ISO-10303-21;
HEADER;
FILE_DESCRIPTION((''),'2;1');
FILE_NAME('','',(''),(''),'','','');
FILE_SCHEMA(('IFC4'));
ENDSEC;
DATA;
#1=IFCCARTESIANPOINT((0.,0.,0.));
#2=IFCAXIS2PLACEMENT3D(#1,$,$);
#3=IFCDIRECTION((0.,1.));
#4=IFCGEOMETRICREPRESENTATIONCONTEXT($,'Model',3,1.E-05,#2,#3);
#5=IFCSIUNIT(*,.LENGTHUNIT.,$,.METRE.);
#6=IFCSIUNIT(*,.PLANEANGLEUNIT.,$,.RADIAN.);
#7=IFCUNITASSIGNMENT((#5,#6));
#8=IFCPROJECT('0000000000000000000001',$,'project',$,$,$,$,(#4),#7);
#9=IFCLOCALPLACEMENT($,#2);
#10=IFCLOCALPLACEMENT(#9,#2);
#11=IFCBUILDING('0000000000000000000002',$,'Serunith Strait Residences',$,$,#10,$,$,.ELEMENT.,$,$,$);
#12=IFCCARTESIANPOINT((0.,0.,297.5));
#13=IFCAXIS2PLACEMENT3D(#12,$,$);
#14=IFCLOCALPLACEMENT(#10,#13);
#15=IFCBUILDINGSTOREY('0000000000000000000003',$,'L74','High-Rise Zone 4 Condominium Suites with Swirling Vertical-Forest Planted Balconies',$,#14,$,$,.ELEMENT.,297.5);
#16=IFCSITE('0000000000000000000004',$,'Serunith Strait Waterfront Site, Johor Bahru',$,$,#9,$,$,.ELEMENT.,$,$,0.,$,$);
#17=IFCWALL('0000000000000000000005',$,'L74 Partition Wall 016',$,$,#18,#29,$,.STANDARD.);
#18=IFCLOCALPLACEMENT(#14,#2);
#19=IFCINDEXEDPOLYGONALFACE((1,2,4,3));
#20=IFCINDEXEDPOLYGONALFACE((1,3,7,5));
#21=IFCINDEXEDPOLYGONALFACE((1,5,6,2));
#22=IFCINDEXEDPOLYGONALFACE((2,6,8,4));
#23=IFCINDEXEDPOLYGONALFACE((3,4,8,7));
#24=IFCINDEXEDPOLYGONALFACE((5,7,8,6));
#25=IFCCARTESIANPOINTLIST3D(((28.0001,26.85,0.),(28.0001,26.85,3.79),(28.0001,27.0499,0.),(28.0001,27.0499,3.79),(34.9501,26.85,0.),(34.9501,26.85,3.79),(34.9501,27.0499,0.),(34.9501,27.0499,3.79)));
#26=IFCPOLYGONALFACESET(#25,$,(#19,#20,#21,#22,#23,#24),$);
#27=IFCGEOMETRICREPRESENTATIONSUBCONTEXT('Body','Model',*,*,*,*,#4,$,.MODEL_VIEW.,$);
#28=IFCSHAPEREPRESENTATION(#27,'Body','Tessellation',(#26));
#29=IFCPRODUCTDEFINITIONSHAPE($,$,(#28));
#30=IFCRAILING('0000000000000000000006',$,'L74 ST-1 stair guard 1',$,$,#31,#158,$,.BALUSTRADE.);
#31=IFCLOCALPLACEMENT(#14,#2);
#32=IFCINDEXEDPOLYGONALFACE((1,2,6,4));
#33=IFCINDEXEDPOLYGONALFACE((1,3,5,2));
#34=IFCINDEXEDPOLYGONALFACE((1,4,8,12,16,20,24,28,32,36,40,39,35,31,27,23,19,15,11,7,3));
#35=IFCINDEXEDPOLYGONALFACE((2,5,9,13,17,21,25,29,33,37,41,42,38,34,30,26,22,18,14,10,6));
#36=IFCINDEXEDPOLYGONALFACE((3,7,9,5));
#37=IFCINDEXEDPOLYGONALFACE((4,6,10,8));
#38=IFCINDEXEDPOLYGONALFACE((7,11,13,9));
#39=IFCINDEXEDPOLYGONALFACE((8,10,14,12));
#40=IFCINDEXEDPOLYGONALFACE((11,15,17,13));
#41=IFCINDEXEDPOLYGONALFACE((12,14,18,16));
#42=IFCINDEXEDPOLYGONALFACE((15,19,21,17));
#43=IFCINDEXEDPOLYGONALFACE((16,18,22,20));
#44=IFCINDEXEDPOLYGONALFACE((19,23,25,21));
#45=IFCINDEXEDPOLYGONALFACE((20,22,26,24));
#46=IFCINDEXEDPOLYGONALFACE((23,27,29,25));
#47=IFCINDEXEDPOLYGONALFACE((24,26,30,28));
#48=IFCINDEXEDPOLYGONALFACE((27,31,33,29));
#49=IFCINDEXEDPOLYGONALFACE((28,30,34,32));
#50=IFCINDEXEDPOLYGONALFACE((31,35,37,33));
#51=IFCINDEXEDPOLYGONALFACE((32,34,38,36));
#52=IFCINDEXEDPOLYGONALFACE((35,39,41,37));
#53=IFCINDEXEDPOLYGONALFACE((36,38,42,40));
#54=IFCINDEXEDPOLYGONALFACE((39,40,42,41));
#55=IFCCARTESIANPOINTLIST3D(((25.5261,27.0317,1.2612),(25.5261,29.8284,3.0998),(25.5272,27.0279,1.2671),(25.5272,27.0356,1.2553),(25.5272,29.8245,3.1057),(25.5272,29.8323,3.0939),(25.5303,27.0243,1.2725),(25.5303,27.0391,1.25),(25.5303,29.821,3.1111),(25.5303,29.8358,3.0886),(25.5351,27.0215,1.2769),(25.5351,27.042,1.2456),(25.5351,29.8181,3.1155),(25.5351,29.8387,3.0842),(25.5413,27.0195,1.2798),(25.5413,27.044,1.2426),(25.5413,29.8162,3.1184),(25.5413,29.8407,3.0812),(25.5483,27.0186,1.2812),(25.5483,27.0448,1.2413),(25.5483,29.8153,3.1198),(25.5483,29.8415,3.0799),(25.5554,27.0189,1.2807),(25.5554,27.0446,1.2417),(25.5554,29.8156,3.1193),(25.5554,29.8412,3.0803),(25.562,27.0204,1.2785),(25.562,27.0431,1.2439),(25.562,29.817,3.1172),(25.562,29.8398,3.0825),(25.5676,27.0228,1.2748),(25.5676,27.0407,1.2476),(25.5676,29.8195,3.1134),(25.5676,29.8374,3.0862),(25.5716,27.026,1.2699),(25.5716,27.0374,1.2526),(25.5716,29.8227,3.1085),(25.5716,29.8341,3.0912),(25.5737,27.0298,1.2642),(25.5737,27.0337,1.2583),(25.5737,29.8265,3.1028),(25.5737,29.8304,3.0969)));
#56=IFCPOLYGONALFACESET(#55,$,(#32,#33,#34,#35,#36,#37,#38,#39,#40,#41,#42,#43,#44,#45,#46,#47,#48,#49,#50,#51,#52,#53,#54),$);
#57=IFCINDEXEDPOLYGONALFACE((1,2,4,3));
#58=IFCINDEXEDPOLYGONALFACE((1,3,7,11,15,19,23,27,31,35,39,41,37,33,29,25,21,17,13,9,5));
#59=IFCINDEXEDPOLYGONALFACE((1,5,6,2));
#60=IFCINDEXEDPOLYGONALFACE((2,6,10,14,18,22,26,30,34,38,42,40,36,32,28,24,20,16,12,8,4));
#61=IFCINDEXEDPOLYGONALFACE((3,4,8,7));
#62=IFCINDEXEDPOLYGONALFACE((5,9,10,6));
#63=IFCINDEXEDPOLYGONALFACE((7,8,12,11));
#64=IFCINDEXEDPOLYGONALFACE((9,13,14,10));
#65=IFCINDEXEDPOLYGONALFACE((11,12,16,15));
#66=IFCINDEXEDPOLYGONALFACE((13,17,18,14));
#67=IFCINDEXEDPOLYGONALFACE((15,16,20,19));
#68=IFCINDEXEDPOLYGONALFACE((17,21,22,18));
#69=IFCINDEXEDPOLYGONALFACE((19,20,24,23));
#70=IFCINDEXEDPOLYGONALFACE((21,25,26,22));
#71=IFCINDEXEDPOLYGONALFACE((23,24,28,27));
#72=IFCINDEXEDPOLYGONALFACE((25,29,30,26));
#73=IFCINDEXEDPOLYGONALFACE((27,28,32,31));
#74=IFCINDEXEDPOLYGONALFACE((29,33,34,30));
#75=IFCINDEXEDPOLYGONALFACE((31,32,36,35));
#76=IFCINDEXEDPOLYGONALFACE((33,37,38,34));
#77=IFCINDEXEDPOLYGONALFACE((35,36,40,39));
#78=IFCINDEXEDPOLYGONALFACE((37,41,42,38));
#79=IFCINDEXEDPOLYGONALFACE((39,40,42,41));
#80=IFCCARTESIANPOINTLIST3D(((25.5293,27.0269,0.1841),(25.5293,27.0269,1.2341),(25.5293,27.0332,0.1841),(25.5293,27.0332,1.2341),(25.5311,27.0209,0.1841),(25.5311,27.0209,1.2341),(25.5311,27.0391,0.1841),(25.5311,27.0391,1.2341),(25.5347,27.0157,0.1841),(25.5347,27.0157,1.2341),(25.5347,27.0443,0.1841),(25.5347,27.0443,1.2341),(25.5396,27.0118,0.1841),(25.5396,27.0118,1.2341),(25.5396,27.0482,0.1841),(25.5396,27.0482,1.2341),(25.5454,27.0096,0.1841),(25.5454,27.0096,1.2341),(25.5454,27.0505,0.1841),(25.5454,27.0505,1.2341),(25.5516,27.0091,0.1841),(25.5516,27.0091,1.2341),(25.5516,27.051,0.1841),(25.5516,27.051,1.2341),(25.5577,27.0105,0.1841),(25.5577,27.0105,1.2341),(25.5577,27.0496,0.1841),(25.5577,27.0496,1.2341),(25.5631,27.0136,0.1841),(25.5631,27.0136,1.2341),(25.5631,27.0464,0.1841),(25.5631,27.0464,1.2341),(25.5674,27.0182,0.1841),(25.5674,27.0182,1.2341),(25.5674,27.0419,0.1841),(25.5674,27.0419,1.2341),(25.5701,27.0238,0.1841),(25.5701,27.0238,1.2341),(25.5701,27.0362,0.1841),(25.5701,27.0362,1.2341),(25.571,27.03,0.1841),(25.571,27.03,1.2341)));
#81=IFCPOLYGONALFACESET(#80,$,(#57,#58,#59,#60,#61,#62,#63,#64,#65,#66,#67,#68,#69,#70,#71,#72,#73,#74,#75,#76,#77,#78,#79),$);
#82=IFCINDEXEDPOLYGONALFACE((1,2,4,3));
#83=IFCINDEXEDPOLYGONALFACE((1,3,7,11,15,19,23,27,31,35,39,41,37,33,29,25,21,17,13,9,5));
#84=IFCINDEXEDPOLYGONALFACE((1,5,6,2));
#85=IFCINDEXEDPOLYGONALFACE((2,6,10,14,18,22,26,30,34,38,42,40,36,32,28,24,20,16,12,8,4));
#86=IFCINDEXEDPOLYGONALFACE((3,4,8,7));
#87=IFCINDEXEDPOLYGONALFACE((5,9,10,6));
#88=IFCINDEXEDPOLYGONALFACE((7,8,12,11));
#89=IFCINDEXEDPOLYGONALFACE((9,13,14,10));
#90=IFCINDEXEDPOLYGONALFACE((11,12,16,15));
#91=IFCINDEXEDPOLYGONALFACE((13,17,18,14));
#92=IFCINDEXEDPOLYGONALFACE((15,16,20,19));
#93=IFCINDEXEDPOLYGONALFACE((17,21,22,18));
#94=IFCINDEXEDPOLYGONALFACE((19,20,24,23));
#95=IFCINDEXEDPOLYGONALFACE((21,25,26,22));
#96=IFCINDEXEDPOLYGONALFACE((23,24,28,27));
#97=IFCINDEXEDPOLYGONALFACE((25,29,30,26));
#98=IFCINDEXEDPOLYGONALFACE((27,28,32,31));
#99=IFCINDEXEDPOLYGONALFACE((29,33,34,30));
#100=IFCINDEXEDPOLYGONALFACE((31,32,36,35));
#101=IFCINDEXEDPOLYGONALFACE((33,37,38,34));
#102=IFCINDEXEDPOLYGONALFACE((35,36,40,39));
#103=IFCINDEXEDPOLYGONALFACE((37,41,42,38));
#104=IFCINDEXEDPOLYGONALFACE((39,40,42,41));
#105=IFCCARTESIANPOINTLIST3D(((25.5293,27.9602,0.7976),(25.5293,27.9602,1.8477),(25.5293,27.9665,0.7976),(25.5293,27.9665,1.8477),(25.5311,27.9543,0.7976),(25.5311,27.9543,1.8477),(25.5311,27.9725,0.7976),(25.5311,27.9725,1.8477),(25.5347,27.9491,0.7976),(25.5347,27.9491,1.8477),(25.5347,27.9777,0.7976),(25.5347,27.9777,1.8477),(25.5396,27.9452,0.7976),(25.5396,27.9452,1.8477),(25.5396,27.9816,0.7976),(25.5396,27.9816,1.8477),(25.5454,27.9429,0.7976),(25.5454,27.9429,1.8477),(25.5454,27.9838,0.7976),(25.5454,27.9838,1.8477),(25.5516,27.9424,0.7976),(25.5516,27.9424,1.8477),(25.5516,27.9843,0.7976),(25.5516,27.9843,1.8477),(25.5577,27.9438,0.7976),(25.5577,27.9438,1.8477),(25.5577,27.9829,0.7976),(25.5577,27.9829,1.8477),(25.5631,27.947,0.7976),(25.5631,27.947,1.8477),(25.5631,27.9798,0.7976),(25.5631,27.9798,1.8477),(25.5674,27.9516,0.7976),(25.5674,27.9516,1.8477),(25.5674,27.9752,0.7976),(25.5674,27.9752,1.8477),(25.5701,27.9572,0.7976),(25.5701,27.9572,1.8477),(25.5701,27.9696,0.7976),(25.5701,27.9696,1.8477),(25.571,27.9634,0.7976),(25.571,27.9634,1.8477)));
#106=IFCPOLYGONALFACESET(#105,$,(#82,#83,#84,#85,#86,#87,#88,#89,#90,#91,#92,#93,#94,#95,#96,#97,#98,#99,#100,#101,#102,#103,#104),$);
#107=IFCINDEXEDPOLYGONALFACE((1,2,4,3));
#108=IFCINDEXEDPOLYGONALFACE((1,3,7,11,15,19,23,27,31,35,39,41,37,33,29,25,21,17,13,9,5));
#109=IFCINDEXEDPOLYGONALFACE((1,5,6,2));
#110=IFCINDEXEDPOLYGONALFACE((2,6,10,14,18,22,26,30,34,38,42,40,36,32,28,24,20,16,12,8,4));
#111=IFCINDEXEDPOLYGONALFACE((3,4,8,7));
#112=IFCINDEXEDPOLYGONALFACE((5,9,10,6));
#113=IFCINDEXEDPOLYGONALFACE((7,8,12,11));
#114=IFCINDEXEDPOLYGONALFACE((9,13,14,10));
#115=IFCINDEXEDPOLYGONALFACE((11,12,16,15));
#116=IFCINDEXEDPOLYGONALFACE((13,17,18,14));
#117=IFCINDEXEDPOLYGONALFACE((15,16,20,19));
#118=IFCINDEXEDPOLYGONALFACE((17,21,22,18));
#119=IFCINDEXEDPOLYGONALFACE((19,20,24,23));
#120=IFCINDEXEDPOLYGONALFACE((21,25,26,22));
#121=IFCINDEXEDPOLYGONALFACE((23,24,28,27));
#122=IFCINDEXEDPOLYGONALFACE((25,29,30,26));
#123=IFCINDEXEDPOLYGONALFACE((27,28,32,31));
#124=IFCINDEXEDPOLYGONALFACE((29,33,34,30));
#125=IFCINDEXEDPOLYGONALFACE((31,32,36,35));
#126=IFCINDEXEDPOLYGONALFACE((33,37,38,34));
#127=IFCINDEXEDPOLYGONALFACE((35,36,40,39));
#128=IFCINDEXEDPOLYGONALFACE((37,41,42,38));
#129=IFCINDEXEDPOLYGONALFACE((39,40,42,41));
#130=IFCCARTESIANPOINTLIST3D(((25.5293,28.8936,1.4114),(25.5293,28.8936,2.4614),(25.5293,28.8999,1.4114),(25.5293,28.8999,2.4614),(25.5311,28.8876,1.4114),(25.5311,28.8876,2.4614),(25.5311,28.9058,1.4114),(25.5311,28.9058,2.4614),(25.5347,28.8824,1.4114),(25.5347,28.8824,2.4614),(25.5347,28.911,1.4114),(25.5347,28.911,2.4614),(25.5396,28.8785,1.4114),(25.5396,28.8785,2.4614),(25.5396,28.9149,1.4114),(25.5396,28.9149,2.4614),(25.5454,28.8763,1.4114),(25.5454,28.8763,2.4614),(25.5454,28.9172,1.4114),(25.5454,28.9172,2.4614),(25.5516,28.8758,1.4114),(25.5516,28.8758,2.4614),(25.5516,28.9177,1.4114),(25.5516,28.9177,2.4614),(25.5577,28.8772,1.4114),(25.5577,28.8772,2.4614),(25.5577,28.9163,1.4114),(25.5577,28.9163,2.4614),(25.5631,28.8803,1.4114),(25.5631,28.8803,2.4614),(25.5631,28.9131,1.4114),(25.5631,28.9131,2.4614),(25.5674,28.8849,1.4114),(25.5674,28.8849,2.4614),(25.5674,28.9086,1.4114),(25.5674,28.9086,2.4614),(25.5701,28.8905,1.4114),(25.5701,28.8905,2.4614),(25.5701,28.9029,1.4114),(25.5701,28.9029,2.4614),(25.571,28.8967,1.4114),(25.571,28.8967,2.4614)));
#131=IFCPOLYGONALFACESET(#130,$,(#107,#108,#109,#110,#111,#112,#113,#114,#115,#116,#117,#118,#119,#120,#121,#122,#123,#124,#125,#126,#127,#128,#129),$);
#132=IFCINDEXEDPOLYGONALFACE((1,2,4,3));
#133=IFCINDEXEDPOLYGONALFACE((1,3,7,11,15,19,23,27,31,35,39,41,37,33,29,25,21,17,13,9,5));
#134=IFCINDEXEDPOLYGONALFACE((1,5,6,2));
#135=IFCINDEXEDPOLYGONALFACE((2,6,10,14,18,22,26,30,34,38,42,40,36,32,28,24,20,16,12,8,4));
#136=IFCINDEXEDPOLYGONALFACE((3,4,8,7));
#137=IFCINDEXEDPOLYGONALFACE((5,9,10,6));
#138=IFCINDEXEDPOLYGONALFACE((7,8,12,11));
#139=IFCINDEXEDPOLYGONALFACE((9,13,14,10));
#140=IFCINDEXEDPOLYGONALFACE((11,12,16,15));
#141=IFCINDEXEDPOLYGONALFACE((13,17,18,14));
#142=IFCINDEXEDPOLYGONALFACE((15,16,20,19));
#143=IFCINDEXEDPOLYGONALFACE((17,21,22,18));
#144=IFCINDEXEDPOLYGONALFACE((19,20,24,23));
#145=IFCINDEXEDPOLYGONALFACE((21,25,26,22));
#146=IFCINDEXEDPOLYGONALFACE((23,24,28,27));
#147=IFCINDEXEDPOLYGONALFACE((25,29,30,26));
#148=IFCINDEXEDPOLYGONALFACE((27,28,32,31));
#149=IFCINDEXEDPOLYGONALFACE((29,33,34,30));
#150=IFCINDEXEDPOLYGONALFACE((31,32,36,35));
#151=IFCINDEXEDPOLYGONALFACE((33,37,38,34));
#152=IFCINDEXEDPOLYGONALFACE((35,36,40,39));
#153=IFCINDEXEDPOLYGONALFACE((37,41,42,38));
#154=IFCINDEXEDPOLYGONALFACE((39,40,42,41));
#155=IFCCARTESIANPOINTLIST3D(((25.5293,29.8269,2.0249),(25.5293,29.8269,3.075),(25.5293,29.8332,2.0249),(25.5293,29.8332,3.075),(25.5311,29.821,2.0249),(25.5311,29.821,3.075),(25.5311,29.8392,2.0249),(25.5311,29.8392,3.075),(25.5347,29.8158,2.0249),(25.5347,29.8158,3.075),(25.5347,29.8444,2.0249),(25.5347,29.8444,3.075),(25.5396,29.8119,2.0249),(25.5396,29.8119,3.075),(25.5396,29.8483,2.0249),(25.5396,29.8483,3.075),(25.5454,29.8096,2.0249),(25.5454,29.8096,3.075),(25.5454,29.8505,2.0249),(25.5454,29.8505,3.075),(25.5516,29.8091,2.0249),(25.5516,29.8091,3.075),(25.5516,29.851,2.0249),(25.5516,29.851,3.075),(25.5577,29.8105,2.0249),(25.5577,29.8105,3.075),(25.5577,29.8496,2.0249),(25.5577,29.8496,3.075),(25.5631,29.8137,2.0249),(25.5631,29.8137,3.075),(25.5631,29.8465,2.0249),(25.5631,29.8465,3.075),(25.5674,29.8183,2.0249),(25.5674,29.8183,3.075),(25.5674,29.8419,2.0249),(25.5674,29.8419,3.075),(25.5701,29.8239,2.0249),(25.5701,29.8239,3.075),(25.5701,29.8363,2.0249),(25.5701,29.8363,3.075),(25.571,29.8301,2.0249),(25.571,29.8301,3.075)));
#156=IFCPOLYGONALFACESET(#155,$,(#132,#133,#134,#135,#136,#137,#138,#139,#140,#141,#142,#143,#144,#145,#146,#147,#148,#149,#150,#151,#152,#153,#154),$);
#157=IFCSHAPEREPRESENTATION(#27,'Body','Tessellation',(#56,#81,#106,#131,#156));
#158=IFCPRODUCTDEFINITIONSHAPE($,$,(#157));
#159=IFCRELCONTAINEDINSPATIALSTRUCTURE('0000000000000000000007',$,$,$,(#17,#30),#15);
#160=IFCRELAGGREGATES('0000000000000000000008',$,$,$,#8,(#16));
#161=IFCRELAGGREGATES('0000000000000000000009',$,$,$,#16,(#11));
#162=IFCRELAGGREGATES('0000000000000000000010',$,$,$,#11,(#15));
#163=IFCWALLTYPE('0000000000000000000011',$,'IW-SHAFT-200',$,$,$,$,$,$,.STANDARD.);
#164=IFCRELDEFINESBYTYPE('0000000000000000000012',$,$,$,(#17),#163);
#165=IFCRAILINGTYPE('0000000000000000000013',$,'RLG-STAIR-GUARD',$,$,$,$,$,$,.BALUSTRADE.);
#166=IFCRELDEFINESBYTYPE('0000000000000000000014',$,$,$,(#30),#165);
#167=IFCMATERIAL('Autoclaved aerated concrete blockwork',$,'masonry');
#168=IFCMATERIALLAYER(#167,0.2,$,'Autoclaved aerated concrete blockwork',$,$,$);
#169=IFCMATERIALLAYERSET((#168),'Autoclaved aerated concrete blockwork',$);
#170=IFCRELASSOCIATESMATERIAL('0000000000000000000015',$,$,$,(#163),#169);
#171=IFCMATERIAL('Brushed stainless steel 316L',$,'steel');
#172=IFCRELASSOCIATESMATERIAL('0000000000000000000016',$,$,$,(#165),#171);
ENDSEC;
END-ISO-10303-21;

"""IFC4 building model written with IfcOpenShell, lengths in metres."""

from ifc_helpers import new_model, si_unit, direction, frame, frame_2d, origin, origin_2d, place, context, subcontext, project, spatial, rectangle, circle, extrude, material, layer, layer_set, type_object, element, save


model = new_model("IFC4")

# Units and contexts
model_context = context("Model", 3, precision=1e-05, world=origin(), true_north=direction((0.0, 1.0)))
body_context = subcontext(model_context, "Body", "Model", "MODEL_VIEW")
ifc_project = project(units=[si_unit("LENGTHUNIT", "METRE"), si_unit("PLANEANGLEUNIT", "RADIAN")], contexts=[model_context])

# Site, building, storey
site_placement = place(None, origin())
site = spatial("IfcSite", under=ifc_project, at=site_placement, Name="Serunith Strait Waterfront Site, Johor Bahru", CompositionType="ELEMENT", RefElevation=0.0)
building_placement = place(site_placement, origin())
building = spatial("IfcBuilding", under=site, at=building_placement, Name="Serunith Strait Residences", CompositionType="ELEMENT")
storey_placement = place(building_placement, frame((0.0, 0.0, 297.5)))
storey = spatial("IfcBuildingStorey", under=building, at=storey_placement, Name="L74", Description="High-Rise Zone 4 Condominium Suites with Swirling Vertical-Forest Planted Balconies", CompositionType="ELEMENT", Elevation=297.5)

# Shared definitions
ifc_material_1 = material(Name="Autoclaved aerated concrete blockwork", Category="masonry")
ifc_layer_1 = layer(ifc_material_1, 0.2, Name="Autoclaved aerated concrete blockwork")
ifc_layer_set_1 = layer_set([ifc_layer_1], Name="Autoclaved aerated concrete blockwork")
wall_type_1 = type_object("IfcWallType", Name="IW-SHAFT-200", PredefinedType="STANDARD", material=ifc_layer_set_1)

# Wall
wall_1_placement = place(storey_placement, frame((28.0, 26.95, 0.0), z_axis=(0.0, 0.0, 1.0), x_axis=(1.0, 0.0, 0.0)))
element("IfcWall", 1, at=wall_1_placement, inside=storey, type_object=wall_type_1, Name="L74 Partition Wall 016", PredefinedType="STANDARD", context=body_context, shape_type="SweptSolid", body=[
    extrude(rectangle(XDim=6.95, YDim=0.2, at=frame_2d((3.4751, 0.0))), origin(), (0.0, 0.0, 1.0), 3.79),
])

# Railing
ifc_material_2 = material(Name="Brushed stainless steel 316L", Category="steel")
railing_type_1 = type_object("IfcRailingType", Name="RLG-STAIR-GUARD", PredefinedType="BALUSTRADE", material=ifc_material_2)
railing_1_placement = place(storey_placement, frame((25.55, 27.03, 0.1841)))
element("IfcRailing", 2, at=railing_1_placement, inside=storey, type_object=railing_type_1, Name="L74 ST-1 stair guard 1", PredefinedType="BALUSTRADE", context=body_context, shape_type="SweptSolid", body=[
    extrude(circle(Radius=0.0239, at=origin_2d()), frame((0.0, 0.0017, 1.0771), z_axis=(0.0, 0.835598, 0.549342), x_axis=(-1.0, 0.0, 0.0)), (0.0, 0.0, 1.0), 3.3469),
    extrude(circle(Radius=0.021, at=origin_2d()), origin(), (0.0, 0.0, 1.0), 1.05),
    extrude(circle(Radius=0.021, at=origin_2d()), frame((0.0, 0.9333, 0.6135)), (0.0, 0.0, 1.0), 1.05),
    extrude(circle(Radius=0.021, at=origin_2d()), frame((0.0, 1.8667, 1.2273)), (0.0, 0.0, 1.0), 1.05),
    extrude(circle(Radius=0.021, at=origin_2d()), frame((0.0, 2.8, 1.8408)), (0.0, 0.0, 1.0), 1.05),
])

save(model, "model.ifc")
